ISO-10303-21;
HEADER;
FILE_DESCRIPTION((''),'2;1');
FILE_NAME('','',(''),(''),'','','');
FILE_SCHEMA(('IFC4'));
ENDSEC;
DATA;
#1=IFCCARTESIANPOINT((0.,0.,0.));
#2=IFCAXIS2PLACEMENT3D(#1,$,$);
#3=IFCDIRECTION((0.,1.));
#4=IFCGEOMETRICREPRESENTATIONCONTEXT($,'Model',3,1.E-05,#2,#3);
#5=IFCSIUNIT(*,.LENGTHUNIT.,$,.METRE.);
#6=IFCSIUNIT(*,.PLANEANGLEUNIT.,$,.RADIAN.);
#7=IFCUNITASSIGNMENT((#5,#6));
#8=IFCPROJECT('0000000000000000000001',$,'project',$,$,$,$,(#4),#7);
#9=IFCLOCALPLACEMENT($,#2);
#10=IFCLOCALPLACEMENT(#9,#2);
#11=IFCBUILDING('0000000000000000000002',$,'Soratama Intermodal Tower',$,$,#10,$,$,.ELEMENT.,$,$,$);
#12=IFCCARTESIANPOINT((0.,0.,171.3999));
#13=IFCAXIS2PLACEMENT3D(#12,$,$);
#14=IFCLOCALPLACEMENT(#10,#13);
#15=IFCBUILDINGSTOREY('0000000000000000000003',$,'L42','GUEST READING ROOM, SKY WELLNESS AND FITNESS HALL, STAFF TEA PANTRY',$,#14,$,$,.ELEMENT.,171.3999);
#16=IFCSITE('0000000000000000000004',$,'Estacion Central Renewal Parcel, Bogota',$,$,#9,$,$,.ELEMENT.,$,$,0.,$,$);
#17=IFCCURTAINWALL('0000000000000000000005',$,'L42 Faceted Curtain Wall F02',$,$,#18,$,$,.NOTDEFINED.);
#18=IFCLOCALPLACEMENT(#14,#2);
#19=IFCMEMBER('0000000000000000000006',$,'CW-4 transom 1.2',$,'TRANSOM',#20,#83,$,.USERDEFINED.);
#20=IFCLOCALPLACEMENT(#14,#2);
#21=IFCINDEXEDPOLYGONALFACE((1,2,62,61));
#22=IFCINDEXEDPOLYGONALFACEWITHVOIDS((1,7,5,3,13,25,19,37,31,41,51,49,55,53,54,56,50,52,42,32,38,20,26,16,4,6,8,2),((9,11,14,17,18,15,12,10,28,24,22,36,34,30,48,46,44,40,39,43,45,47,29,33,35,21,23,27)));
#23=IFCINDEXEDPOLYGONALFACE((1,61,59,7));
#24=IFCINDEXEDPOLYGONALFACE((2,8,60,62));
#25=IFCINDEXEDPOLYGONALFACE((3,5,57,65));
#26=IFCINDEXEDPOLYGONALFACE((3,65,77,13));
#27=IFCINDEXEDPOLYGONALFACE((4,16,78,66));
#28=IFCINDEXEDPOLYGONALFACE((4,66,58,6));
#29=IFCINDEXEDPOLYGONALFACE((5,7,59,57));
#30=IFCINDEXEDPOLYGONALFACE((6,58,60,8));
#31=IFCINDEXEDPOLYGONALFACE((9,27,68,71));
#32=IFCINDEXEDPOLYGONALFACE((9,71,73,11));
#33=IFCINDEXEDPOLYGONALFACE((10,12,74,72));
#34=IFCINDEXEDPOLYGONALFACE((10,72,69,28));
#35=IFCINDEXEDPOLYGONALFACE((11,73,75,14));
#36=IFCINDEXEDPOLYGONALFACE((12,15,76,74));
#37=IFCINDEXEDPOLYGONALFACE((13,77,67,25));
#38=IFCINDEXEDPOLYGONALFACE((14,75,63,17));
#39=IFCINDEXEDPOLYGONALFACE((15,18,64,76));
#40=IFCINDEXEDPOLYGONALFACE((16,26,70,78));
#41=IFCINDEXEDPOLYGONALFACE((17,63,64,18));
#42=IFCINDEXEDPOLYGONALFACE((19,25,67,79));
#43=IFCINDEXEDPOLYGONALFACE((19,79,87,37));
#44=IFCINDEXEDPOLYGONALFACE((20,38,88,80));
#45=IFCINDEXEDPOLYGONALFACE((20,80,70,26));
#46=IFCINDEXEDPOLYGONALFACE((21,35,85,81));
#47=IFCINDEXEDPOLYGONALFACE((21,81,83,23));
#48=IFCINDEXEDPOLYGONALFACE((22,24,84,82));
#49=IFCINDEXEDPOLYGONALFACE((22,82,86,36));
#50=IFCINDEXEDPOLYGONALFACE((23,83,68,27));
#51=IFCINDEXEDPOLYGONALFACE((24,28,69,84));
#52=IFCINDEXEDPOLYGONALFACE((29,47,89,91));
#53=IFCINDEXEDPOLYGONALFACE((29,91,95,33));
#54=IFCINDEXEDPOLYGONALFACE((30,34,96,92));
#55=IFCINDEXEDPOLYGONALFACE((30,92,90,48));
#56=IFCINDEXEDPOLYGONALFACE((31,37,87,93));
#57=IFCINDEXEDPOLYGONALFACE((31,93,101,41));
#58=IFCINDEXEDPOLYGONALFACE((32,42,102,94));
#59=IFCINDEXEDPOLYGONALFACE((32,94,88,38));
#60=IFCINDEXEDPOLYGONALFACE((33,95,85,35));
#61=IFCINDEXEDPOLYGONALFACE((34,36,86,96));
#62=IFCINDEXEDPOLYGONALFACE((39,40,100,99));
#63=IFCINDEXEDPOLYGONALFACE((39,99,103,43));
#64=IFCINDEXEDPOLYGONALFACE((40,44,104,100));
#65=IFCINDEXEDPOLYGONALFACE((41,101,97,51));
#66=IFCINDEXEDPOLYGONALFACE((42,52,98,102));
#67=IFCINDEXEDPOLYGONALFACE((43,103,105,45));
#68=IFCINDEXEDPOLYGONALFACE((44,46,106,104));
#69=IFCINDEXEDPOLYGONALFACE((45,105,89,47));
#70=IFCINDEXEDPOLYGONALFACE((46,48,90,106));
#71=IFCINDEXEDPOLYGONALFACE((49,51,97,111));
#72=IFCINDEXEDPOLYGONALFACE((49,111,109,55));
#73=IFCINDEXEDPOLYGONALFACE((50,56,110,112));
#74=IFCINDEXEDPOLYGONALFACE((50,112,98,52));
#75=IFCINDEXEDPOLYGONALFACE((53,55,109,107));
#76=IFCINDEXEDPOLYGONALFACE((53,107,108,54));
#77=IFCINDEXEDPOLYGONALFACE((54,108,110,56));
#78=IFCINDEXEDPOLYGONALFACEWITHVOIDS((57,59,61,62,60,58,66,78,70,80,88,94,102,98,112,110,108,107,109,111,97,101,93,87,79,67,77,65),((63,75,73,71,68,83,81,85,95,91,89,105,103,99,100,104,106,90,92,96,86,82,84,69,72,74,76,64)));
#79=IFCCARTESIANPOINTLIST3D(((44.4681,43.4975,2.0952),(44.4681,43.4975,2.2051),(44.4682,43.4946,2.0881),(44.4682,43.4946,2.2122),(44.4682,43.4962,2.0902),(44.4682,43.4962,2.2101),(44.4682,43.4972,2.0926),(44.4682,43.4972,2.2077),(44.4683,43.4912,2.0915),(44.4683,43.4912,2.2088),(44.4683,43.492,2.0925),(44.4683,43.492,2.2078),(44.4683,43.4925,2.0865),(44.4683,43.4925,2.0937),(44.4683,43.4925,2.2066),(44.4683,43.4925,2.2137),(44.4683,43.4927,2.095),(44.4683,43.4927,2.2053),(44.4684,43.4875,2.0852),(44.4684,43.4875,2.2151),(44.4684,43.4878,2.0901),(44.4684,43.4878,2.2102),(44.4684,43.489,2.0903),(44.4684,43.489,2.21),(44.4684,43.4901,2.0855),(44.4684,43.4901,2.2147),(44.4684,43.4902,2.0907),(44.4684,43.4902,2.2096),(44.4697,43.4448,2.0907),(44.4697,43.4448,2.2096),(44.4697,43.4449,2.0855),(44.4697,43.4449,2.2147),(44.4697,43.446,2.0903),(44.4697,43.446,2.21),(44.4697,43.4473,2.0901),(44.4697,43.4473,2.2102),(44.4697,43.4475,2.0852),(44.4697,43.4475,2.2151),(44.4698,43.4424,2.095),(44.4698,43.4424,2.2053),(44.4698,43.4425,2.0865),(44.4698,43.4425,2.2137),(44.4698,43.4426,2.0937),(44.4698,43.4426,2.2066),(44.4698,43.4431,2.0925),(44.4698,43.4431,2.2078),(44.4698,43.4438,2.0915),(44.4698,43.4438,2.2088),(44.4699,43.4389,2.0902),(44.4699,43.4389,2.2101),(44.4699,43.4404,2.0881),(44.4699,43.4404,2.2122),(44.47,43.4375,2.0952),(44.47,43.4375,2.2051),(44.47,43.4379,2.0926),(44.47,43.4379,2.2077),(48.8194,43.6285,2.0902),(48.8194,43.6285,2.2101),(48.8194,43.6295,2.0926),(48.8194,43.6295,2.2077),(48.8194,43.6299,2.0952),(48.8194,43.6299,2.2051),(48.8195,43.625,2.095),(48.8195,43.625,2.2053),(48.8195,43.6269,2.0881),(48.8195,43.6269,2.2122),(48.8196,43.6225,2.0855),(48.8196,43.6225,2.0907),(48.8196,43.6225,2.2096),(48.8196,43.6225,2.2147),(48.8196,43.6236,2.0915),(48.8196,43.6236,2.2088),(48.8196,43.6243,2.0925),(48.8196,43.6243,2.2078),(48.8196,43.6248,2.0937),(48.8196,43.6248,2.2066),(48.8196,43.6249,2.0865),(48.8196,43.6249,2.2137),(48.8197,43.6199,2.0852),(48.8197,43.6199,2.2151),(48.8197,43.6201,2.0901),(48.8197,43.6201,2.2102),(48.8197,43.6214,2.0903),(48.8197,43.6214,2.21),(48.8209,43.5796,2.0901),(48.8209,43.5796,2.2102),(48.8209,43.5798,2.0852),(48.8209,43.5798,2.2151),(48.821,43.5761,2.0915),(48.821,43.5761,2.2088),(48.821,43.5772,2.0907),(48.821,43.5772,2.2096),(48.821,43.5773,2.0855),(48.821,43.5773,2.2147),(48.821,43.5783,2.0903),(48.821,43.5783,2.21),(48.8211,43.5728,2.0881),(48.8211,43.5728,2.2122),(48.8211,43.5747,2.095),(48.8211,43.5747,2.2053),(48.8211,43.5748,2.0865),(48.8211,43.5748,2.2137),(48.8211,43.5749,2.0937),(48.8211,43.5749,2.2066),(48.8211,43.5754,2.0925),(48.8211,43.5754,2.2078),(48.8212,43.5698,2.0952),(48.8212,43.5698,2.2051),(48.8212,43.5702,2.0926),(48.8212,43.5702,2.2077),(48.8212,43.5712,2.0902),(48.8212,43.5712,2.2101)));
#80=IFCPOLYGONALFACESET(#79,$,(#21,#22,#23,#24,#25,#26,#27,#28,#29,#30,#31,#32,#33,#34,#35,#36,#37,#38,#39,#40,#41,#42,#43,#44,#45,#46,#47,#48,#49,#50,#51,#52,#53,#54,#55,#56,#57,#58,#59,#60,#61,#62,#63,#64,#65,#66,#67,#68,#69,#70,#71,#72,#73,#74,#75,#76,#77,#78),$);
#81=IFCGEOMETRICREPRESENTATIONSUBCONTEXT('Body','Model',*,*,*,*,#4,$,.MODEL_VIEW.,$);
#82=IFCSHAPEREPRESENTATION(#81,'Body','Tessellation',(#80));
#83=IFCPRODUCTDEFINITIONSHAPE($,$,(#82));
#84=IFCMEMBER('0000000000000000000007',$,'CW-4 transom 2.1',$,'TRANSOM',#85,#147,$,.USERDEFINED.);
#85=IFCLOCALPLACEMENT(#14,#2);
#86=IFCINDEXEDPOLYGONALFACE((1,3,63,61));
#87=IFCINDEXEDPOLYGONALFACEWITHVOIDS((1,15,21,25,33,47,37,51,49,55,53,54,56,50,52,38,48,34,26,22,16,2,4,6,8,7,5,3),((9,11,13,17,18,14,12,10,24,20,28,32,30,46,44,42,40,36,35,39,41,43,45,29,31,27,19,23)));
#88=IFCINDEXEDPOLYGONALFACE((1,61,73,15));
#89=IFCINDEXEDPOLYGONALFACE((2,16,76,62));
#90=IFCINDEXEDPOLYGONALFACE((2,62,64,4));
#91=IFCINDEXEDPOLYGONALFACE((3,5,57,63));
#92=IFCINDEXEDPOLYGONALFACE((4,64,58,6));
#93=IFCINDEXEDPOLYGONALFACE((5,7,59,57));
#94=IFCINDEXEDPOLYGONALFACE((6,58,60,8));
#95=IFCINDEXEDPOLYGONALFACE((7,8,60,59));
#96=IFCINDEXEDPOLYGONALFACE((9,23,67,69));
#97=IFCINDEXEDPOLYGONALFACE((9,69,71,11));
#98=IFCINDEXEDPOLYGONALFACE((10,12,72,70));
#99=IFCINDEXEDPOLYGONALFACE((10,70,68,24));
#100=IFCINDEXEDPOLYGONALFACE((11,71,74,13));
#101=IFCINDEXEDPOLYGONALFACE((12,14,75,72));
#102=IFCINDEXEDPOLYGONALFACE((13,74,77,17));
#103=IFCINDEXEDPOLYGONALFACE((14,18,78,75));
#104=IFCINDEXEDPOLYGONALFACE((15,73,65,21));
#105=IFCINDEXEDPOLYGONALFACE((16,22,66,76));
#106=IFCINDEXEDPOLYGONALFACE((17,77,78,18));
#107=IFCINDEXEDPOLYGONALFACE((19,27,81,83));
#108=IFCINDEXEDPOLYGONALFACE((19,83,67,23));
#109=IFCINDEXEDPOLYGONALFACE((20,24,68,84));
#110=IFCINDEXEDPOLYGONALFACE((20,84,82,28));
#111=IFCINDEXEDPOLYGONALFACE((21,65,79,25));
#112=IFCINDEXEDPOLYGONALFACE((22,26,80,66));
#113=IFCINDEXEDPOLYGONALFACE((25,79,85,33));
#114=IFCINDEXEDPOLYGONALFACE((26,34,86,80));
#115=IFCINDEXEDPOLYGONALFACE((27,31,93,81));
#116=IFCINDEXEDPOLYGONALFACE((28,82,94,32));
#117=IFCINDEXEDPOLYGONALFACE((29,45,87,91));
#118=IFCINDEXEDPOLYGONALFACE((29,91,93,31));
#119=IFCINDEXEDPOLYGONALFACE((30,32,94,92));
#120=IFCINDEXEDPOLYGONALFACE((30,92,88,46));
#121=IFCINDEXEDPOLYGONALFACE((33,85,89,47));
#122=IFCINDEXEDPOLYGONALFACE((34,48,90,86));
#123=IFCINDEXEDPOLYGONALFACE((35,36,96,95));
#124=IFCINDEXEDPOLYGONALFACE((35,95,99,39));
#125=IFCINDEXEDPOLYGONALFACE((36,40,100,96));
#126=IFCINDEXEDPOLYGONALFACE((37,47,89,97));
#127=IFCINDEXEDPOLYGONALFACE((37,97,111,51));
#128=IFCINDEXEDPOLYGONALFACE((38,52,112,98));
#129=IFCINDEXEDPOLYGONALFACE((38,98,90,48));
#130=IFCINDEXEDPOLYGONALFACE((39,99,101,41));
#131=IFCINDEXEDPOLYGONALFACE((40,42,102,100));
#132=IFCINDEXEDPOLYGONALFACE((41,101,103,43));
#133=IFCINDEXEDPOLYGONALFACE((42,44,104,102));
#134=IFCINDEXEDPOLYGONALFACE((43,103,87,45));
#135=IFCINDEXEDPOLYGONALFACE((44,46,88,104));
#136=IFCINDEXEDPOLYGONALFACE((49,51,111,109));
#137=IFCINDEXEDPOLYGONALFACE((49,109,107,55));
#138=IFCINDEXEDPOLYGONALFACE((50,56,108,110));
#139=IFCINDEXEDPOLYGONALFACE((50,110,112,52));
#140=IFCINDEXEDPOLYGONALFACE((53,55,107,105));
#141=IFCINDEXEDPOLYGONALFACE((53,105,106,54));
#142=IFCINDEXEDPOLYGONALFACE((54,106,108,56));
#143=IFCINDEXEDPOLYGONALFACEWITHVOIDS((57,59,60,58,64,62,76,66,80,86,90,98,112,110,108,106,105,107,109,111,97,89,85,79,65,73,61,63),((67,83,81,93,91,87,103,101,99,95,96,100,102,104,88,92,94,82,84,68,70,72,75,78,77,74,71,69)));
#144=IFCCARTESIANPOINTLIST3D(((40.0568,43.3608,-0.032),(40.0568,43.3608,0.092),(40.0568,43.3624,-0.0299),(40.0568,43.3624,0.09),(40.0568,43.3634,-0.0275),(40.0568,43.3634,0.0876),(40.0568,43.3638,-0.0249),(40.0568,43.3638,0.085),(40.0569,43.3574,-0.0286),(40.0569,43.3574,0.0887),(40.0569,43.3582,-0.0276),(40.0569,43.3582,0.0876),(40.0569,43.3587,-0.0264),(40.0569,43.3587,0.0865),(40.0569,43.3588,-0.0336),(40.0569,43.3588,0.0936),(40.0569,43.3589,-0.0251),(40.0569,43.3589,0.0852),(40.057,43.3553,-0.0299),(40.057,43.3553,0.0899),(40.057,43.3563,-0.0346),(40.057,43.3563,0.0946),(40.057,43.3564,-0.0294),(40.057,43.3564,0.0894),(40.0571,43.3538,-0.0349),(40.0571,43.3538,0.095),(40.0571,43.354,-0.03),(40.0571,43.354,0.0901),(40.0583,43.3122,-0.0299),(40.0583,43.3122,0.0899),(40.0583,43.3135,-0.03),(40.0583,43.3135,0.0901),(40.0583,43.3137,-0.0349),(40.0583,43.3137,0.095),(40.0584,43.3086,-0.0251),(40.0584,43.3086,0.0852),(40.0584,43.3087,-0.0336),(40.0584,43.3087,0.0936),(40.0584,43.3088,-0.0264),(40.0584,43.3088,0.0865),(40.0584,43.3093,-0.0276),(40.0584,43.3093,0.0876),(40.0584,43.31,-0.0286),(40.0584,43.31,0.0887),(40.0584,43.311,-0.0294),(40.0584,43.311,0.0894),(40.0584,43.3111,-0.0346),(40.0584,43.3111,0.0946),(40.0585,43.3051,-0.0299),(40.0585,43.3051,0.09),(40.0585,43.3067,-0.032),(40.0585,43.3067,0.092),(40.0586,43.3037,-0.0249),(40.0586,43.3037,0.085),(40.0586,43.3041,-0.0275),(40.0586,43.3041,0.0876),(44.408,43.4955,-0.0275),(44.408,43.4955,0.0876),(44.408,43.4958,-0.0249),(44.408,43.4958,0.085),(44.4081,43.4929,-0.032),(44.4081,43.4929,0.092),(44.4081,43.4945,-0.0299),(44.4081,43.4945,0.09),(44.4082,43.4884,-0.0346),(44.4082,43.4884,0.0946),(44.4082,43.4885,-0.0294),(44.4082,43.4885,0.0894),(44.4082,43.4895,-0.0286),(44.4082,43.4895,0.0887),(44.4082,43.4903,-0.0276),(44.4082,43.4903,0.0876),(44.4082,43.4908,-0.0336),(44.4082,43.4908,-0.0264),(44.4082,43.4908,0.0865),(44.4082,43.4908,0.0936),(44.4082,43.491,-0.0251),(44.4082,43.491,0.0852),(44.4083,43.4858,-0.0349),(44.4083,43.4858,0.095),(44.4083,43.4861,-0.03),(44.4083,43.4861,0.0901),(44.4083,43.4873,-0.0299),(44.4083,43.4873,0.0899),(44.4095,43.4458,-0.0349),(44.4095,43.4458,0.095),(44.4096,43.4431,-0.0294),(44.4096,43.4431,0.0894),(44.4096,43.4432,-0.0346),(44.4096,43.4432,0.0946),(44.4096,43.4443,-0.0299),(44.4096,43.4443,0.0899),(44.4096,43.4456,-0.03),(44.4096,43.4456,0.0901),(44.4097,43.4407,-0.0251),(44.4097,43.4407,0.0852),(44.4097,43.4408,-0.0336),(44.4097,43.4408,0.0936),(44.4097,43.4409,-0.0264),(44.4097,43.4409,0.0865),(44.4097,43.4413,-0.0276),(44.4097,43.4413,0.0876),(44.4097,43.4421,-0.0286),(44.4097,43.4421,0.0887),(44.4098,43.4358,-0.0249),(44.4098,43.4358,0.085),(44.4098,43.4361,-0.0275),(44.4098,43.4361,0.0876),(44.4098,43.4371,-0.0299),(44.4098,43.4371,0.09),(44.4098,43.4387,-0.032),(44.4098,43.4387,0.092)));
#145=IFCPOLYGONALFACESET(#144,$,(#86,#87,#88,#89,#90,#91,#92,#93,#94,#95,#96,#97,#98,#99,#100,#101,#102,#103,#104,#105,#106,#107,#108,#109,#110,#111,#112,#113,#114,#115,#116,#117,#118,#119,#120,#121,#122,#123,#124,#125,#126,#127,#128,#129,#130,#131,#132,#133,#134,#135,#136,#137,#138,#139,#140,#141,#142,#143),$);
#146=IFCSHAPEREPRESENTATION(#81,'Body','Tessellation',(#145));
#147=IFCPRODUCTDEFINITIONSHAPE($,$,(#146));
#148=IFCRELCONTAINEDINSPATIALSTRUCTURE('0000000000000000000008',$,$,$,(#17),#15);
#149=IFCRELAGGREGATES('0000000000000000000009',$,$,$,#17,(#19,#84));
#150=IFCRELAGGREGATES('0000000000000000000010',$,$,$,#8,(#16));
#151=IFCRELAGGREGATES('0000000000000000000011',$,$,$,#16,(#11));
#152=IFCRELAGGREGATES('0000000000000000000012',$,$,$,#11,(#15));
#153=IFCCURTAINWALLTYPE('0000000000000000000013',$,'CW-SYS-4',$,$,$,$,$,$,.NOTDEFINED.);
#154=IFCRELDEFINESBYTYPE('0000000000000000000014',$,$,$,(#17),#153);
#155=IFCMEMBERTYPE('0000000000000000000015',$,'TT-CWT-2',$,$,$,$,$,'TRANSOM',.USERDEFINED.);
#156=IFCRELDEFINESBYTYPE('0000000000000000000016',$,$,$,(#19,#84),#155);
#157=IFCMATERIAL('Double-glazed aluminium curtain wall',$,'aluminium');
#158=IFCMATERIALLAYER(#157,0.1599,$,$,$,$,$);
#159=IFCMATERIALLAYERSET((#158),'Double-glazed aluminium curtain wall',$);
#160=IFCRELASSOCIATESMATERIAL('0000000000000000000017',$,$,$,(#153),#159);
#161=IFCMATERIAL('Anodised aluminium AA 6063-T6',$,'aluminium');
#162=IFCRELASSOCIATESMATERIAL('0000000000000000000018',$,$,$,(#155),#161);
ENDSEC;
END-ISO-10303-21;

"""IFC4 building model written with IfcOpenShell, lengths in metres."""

from ifc_helpers import new_model, si_unit, direction, frame, origin, origin_2d, place, context, subcontext, project, spatial, hollow_rectangle, extrude, material, layer, layer_set, material_profile, profile_set, type_object, element, aggregate, save


model = new_model("IFC4")

# Units and contexts
model_context = context("Model", 3, precision=1e-05, world=origin(), true_north=direction((0.0, 1.0)))
body_context = subcontext(model_context, "Body", "Model", "MODEL_VIEW")
ifc_project = project(units=[si_unit("LENGTHUNIT", "METRE"), si_unit("PLANEANGLEUNIT", "RADIAN")], contexts=[model_context])

# Site, building, storey
site_placement = place(None, origin())
site = spatial("IfcSite", under=ifc_project, at=site_placement, Name="Estacion Central Renewal Parcel, Bogota", CompositionType="ELEMENT", RefElevation=0.0)
building_placement = place(site_placement, origin())
building = spatial("IfcBuilding", under=site, at=building_placement, Name="Soratama Intermodal Tower", CompositionType="ELEMENT")
storey_placement = place(building_placement, frame((0.0, 0.0, 171.3999)))
storey = spatial("IfcBuildingStorey", under=building, at=storey_placement, Name="L42", Description="GUEST READING ROOM, SKY WELLNESS AND FITNESS HALL, STAFF TEA PANTRY", CompositionType="ELEMENT", Elevation=171.3999)

# Curtain wall, members
ifc_material_1 = material(Name="Double-glazed aluminium curtain wall", Category="aluminium")
ifc_layer_1 = layer(ifc_material_1, 0.1599)
ifc_layer_set_1 = layer_set([ifc_layer_1], Name="Double-glazed aluminium curtain wall")
curtain_wall_type = type_object("IfcCurtainWallType", Name="CW-SYS-4", PredefinedType="NOTDEFINED", material=ifc_layer_set_1)
curtain_wall_placement = place(storey_placement, origin())
curtain_wall = element("IfcCurtainWall", 1, at=curtain_wall_placement, inside=storey, type_object=curtain_wall_type, Name="L42 Faceted Curtain Wall F02", PredefinedType="NOTDEFINED")
ifc_material_2 = material(Name="Anodised aluminium AA 6063-T6", Category="aluminium")
ifc_material_profile_1 = material_profile(ifc_material_2, hollow_rectangle(XDim=0.0601, YDim=0.1299, WallThickness=0.0049, InnerFilletRadius=0.0049, OuterFilletRadius=0.01, at=origin_2d()), Name="CWT130X60X5")
ifc_profile_set_1 = profile_set([ifc_material_profile_1], Name="Anodised aluminium AA 6063-T6")
member_type_1 = type_object("IfcMemberType", Name="TT-CWT-2", ElementType="TRANSOM", PredefinedType="USERDEFINED", material=ifc_profile_set_1)
member_1_placement = place(storey_placement, frame((48.8203, 43.5999, 2.1501), z_axis=(-0.999538, -0.030396, 0.0), x_axis=(0.030396, -0.999538, 0.0)))
member_1 = element("IfcMember", 2, at=member_1_placement, type_object=member_type_1, Name="CW-4 transom 1.2", ObjectType="TRANSOM", PredefinedType="USERDEFINED", context=body_context, shape_type="SweptSolid", body=[
    extrude(hollow_rectangle(XDim=0.0601, YDim=0.1299, WallThickness=0.0049, InnerFilletRadius=0.0049, OuterFilletRadius=0.01, at=origin_2d()), origin(), (0.0, 0.0, 1.0), 4.3533),
])
member_2_placement = place(storey_placement, frame((44.4089, 43.4658, 0.03), z_axis=(-0.99954, -0.03034, 0.0), x_axis=(0.03034, -0.99954, 0.0)))
member_2 = element("IfcMember", 3, at=member_2_placement, type_object=member_type_1, Name="CW-4 transom 2.1", ObjectType="TRANSOM", PredefinedType="USERDEFINED", context=body_context, shape_type="SweptSolid", body=[
    extrude(hollow_rectangle(XDim=0.0601, YDim=0.1299, WallThickness=0.0049, InnerFilletRadius=0.0049, OuterFilletRadius=0.01, at=origin_2d()), origin(), (0.0, 0.0, 1.0), 4.3533),
])
aggregate(curtain_wall, [member_1, member_2])

save(model, "model.ifc")
